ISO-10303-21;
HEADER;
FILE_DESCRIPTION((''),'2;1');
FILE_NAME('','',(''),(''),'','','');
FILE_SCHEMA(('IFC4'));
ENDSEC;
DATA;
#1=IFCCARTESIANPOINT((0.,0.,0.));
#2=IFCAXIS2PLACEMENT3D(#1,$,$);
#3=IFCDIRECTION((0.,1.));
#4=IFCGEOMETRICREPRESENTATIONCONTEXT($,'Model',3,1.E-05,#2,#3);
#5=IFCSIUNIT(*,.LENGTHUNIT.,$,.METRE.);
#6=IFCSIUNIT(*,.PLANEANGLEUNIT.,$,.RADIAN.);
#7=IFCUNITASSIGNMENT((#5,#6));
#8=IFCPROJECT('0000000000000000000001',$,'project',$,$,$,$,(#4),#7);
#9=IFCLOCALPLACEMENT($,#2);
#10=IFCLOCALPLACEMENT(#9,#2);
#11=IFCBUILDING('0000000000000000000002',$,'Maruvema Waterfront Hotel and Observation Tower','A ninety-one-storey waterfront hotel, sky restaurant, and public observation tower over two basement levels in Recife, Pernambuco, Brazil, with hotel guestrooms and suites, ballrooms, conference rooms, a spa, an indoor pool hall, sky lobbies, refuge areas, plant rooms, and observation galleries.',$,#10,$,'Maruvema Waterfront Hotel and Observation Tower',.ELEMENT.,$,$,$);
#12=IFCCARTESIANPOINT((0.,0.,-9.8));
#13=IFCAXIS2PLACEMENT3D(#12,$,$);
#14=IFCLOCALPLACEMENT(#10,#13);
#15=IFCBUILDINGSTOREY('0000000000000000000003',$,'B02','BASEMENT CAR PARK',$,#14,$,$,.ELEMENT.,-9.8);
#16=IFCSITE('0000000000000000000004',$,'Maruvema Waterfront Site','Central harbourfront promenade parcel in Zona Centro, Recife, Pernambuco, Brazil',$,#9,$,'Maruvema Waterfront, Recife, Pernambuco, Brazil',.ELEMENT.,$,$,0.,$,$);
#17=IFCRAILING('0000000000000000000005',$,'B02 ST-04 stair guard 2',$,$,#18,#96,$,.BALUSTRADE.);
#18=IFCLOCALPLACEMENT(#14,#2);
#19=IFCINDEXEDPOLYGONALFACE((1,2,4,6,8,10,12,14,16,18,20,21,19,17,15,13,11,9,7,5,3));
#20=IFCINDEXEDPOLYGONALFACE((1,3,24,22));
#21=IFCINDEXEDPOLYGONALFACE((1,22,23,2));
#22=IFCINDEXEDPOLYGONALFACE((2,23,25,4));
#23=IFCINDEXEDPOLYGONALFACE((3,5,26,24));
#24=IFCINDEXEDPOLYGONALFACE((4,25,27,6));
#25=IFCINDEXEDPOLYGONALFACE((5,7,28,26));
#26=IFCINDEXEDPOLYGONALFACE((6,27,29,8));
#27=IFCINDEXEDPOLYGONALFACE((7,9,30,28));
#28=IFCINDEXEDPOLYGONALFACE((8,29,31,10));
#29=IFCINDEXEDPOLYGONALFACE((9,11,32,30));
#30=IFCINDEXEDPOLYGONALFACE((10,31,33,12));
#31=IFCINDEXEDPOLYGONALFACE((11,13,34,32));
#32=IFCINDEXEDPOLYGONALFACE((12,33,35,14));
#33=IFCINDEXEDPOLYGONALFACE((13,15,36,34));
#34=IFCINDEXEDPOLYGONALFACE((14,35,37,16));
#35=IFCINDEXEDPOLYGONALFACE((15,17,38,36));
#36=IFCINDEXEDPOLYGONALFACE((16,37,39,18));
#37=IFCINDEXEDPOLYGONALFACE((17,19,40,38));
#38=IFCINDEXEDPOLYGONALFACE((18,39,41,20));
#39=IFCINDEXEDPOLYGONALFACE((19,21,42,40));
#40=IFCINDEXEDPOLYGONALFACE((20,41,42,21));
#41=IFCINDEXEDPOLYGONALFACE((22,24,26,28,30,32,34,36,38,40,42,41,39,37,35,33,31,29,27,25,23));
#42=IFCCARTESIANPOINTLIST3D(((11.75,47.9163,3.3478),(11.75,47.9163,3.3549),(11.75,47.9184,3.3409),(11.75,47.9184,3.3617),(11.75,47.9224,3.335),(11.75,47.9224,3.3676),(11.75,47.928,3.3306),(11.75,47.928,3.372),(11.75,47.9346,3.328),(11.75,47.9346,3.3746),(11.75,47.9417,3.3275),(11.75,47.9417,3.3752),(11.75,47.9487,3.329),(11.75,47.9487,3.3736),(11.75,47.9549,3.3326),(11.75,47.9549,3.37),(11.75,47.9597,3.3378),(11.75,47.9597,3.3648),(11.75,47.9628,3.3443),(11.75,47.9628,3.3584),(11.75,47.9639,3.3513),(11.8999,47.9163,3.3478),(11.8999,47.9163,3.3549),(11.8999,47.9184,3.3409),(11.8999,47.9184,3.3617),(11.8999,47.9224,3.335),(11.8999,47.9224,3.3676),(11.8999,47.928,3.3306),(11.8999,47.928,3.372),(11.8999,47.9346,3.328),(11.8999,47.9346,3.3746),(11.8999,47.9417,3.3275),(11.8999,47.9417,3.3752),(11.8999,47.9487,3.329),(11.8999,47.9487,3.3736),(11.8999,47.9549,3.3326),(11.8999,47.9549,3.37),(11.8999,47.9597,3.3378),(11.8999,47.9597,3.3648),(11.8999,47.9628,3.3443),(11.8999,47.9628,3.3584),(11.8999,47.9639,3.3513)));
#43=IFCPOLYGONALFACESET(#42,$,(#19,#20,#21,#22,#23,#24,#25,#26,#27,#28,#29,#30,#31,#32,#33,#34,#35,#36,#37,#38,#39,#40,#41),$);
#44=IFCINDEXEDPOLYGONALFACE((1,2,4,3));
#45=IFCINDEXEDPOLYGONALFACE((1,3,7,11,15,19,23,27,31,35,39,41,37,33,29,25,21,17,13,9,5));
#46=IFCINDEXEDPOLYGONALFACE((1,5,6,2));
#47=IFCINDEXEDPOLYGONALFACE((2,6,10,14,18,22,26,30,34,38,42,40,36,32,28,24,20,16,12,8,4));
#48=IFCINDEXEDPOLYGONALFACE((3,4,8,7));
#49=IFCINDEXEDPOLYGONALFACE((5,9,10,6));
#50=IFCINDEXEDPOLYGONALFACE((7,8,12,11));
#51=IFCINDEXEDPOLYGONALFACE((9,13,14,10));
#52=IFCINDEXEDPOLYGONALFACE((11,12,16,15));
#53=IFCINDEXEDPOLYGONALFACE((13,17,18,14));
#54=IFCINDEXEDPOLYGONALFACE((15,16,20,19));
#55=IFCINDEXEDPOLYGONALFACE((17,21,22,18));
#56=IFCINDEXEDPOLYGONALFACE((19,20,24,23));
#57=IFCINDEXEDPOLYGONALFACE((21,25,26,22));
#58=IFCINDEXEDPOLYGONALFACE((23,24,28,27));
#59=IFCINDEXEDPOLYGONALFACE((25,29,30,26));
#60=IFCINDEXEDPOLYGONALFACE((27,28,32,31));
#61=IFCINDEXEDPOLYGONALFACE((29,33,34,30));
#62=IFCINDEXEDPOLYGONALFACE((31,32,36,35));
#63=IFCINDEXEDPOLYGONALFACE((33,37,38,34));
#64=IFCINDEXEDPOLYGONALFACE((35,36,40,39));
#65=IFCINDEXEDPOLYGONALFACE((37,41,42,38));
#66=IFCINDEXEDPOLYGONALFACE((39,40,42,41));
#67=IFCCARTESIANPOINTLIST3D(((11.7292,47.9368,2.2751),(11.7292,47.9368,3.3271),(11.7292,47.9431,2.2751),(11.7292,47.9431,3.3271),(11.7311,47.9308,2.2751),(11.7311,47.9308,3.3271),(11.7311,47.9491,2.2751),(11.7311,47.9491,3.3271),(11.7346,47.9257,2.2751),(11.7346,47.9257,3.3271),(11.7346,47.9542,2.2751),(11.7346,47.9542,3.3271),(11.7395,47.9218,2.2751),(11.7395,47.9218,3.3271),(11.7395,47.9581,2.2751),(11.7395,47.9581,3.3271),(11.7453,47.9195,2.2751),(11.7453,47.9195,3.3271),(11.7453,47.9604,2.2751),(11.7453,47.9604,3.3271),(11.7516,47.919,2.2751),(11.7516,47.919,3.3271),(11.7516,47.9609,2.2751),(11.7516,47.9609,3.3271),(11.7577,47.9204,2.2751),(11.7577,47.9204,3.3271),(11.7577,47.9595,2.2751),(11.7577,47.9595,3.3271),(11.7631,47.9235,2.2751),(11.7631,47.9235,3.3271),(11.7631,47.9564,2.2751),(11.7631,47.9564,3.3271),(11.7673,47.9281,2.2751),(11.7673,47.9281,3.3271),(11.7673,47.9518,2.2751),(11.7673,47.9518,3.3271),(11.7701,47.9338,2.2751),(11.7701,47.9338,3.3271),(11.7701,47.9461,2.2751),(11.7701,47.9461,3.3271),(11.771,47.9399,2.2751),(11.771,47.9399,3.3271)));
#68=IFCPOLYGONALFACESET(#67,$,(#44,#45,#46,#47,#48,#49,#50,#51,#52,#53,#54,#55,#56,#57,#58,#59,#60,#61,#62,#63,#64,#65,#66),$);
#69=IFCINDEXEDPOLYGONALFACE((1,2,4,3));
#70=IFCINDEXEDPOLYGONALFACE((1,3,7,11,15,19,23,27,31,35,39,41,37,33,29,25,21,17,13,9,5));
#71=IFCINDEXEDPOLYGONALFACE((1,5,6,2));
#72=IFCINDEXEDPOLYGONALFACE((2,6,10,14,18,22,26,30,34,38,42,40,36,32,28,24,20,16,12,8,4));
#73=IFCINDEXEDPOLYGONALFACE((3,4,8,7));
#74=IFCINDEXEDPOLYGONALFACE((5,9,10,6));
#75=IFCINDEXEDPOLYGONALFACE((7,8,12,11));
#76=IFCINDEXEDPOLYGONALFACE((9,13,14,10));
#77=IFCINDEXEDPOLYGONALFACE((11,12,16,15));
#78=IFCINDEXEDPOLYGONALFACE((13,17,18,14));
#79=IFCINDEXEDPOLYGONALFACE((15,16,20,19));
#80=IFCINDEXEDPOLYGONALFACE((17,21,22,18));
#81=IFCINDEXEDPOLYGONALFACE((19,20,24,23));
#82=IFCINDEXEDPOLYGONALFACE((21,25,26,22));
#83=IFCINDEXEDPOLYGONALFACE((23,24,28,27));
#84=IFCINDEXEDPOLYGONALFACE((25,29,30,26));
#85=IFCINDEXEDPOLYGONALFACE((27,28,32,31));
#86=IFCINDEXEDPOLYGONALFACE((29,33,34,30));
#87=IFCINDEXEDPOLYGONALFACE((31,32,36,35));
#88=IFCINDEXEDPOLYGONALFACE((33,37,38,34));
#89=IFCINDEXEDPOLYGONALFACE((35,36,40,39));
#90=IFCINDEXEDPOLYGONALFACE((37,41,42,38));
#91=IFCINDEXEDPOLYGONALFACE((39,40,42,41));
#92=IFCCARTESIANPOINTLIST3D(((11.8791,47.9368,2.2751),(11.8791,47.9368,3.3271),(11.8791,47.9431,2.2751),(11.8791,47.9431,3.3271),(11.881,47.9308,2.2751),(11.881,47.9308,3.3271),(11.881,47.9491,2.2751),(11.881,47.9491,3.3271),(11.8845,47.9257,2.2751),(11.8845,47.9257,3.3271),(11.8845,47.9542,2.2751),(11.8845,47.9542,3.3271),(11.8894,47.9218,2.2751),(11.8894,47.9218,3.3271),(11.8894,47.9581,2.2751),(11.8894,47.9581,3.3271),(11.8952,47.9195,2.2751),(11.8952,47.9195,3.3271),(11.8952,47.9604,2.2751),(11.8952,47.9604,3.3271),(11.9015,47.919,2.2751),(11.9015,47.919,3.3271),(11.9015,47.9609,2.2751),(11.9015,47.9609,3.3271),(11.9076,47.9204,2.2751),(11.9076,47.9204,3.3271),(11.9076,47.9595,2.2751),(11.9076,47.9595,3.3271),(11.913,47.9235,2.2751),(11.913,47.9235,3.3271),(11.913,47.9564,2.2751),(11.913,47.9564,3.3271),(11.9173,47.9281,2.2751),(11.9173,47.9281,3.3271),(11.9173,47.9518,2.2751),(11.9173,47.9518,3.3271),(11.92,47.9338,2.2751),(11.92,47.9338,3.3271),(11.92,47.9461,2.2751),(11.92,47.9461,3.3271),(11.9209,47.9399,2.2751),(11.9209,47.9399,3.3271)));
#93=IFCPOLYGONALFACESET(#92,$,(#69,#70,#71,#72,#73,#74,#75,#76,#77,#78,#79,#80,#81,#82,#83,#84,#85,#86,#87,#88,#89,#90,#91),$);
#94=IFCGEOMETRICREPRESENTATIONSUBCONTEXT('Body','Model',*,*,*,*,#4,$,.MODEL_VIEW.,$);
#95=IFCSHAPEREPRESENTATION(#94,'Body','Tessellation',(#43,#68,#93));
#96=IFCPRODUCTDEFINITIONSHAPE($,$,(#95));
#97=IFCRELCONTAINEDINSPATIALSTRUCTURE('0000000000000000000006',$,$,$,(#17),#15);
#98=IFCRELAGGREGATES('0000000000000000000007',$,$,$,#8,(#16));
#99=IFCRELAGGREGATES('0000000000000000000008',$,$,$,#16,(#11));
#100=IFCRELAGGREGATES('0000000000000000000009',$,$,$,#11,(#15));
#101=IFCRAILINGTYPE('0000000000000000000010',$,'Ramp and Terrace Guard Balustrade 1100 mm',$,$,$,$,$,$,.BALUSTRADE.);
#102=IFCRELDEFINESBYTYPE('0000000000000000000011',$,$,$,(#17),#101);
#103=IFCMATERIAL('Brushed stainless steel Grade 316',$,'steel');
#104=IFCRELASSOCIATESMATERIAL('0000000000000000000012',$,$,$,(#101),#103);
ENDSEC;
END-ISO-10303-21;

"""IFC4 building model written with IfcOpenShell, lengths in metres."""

from ifc_helpers import new_model, si_unit, direction, frame, origin, origin_2d, place, context, subcontext, project, spatial, circle, extrude, material, type_object, element, save


model = new_model("IFC4")

# Units and contexts
model_context = context("Model", 3, precision=1e-05, world=origin(), true_north=direction((0.0, 1.0)))
body_context = subcontext(model_context, "Body", "Model", "MODEL_VIEW")
ifc_project = project(units=[si_unit("LENGTHUNIT", "METRE"), si_unit("PLANEANGLEUNIT", "RADIAN")], contexts=[model_context])

# Site, building, storey
site_placement = place(None, origin())
site = spatial("IfcSite", under=ifc_project, at=site_placement, Name="Maruvema Waterfront Site", Description="Central harbourfront promenade parcel in Zona Centro, Recife, Pernambuco, Brazil", LongName="Maruvema Waterfront, Recife, Pernambuco, Brazil", CompositionType="ELEMENT", RefElevation=0.0)
building_placement = place(site_placement, origin())
building = spatial("IfcBuilding", under=site, at=building_placement, Name="Maruvema Waterfront Hotel and Observation Tower", Description="A ninety-one-storey waterfront hotel, sky restaurant, and public observation tower over two basement levels in Recife, Pernambuco, Brazil, with hotel guestrooms and suites, ballrooms, conference rooms, a spa, an indoor pool hall, sky lobbies, refuge areas, plant rooms, and observation galleries.", LongName="Maruvema Waterfront Hotel and Observation Tower", CompositionType="ELEMENT")
storey_placement = place(building_placement, frame((0.0, 0.0, -9.8)))
storey = spatial("IfcBuildingStorey", under=building, at=storey_placement, Name="B02", Description="BASEMENT CAR PARK", CompositionType="ELEMENT", Elevation=-9.8)

# Railing
ifc_material_1 = material(Name="Brushed stainless steel Grade 316", Category="steel")
railing_type_1 = type_object("IfcRailingType", Name="Ramp and Terrace Guard Balustrade 1100 mm", PredefinedType="BALUSTRADE", material=ifc_material_1)
railing_1_placement = place(storey_placement, frame((11.75, 47.9399, 2.2751)))
element("IfcRailing", 1, at=railing_1_placement, inside=storey, type_object=railing_type_1, Name="B02 ST-04 stair guard 2", PredefinedType="BALUSTRADE", context=body_context, shape_type="SweptSolid", body=[
    extrude(circle(Radius=0.0239, at=origin_2d()), frame((0.0, 0.0, 1.0762), z_axis=(1.0, 0.0, 0.0), x_axis=(0.0, 1.0, 0.0)), (0.0, 0.0, 1.0), 0.1499),
    extrude(circle(Radius=0.021, at=origin_2d()), origin(), (0.0, 0.0, 1.0), 1.052),
    extrude(circle(Radius=0.021, at=origin_2d()), frame((0.1499, 0.0, 0.0)), (0.0, 0.0, 1.0), 1.052),
])

save(model, "model.ifc")
